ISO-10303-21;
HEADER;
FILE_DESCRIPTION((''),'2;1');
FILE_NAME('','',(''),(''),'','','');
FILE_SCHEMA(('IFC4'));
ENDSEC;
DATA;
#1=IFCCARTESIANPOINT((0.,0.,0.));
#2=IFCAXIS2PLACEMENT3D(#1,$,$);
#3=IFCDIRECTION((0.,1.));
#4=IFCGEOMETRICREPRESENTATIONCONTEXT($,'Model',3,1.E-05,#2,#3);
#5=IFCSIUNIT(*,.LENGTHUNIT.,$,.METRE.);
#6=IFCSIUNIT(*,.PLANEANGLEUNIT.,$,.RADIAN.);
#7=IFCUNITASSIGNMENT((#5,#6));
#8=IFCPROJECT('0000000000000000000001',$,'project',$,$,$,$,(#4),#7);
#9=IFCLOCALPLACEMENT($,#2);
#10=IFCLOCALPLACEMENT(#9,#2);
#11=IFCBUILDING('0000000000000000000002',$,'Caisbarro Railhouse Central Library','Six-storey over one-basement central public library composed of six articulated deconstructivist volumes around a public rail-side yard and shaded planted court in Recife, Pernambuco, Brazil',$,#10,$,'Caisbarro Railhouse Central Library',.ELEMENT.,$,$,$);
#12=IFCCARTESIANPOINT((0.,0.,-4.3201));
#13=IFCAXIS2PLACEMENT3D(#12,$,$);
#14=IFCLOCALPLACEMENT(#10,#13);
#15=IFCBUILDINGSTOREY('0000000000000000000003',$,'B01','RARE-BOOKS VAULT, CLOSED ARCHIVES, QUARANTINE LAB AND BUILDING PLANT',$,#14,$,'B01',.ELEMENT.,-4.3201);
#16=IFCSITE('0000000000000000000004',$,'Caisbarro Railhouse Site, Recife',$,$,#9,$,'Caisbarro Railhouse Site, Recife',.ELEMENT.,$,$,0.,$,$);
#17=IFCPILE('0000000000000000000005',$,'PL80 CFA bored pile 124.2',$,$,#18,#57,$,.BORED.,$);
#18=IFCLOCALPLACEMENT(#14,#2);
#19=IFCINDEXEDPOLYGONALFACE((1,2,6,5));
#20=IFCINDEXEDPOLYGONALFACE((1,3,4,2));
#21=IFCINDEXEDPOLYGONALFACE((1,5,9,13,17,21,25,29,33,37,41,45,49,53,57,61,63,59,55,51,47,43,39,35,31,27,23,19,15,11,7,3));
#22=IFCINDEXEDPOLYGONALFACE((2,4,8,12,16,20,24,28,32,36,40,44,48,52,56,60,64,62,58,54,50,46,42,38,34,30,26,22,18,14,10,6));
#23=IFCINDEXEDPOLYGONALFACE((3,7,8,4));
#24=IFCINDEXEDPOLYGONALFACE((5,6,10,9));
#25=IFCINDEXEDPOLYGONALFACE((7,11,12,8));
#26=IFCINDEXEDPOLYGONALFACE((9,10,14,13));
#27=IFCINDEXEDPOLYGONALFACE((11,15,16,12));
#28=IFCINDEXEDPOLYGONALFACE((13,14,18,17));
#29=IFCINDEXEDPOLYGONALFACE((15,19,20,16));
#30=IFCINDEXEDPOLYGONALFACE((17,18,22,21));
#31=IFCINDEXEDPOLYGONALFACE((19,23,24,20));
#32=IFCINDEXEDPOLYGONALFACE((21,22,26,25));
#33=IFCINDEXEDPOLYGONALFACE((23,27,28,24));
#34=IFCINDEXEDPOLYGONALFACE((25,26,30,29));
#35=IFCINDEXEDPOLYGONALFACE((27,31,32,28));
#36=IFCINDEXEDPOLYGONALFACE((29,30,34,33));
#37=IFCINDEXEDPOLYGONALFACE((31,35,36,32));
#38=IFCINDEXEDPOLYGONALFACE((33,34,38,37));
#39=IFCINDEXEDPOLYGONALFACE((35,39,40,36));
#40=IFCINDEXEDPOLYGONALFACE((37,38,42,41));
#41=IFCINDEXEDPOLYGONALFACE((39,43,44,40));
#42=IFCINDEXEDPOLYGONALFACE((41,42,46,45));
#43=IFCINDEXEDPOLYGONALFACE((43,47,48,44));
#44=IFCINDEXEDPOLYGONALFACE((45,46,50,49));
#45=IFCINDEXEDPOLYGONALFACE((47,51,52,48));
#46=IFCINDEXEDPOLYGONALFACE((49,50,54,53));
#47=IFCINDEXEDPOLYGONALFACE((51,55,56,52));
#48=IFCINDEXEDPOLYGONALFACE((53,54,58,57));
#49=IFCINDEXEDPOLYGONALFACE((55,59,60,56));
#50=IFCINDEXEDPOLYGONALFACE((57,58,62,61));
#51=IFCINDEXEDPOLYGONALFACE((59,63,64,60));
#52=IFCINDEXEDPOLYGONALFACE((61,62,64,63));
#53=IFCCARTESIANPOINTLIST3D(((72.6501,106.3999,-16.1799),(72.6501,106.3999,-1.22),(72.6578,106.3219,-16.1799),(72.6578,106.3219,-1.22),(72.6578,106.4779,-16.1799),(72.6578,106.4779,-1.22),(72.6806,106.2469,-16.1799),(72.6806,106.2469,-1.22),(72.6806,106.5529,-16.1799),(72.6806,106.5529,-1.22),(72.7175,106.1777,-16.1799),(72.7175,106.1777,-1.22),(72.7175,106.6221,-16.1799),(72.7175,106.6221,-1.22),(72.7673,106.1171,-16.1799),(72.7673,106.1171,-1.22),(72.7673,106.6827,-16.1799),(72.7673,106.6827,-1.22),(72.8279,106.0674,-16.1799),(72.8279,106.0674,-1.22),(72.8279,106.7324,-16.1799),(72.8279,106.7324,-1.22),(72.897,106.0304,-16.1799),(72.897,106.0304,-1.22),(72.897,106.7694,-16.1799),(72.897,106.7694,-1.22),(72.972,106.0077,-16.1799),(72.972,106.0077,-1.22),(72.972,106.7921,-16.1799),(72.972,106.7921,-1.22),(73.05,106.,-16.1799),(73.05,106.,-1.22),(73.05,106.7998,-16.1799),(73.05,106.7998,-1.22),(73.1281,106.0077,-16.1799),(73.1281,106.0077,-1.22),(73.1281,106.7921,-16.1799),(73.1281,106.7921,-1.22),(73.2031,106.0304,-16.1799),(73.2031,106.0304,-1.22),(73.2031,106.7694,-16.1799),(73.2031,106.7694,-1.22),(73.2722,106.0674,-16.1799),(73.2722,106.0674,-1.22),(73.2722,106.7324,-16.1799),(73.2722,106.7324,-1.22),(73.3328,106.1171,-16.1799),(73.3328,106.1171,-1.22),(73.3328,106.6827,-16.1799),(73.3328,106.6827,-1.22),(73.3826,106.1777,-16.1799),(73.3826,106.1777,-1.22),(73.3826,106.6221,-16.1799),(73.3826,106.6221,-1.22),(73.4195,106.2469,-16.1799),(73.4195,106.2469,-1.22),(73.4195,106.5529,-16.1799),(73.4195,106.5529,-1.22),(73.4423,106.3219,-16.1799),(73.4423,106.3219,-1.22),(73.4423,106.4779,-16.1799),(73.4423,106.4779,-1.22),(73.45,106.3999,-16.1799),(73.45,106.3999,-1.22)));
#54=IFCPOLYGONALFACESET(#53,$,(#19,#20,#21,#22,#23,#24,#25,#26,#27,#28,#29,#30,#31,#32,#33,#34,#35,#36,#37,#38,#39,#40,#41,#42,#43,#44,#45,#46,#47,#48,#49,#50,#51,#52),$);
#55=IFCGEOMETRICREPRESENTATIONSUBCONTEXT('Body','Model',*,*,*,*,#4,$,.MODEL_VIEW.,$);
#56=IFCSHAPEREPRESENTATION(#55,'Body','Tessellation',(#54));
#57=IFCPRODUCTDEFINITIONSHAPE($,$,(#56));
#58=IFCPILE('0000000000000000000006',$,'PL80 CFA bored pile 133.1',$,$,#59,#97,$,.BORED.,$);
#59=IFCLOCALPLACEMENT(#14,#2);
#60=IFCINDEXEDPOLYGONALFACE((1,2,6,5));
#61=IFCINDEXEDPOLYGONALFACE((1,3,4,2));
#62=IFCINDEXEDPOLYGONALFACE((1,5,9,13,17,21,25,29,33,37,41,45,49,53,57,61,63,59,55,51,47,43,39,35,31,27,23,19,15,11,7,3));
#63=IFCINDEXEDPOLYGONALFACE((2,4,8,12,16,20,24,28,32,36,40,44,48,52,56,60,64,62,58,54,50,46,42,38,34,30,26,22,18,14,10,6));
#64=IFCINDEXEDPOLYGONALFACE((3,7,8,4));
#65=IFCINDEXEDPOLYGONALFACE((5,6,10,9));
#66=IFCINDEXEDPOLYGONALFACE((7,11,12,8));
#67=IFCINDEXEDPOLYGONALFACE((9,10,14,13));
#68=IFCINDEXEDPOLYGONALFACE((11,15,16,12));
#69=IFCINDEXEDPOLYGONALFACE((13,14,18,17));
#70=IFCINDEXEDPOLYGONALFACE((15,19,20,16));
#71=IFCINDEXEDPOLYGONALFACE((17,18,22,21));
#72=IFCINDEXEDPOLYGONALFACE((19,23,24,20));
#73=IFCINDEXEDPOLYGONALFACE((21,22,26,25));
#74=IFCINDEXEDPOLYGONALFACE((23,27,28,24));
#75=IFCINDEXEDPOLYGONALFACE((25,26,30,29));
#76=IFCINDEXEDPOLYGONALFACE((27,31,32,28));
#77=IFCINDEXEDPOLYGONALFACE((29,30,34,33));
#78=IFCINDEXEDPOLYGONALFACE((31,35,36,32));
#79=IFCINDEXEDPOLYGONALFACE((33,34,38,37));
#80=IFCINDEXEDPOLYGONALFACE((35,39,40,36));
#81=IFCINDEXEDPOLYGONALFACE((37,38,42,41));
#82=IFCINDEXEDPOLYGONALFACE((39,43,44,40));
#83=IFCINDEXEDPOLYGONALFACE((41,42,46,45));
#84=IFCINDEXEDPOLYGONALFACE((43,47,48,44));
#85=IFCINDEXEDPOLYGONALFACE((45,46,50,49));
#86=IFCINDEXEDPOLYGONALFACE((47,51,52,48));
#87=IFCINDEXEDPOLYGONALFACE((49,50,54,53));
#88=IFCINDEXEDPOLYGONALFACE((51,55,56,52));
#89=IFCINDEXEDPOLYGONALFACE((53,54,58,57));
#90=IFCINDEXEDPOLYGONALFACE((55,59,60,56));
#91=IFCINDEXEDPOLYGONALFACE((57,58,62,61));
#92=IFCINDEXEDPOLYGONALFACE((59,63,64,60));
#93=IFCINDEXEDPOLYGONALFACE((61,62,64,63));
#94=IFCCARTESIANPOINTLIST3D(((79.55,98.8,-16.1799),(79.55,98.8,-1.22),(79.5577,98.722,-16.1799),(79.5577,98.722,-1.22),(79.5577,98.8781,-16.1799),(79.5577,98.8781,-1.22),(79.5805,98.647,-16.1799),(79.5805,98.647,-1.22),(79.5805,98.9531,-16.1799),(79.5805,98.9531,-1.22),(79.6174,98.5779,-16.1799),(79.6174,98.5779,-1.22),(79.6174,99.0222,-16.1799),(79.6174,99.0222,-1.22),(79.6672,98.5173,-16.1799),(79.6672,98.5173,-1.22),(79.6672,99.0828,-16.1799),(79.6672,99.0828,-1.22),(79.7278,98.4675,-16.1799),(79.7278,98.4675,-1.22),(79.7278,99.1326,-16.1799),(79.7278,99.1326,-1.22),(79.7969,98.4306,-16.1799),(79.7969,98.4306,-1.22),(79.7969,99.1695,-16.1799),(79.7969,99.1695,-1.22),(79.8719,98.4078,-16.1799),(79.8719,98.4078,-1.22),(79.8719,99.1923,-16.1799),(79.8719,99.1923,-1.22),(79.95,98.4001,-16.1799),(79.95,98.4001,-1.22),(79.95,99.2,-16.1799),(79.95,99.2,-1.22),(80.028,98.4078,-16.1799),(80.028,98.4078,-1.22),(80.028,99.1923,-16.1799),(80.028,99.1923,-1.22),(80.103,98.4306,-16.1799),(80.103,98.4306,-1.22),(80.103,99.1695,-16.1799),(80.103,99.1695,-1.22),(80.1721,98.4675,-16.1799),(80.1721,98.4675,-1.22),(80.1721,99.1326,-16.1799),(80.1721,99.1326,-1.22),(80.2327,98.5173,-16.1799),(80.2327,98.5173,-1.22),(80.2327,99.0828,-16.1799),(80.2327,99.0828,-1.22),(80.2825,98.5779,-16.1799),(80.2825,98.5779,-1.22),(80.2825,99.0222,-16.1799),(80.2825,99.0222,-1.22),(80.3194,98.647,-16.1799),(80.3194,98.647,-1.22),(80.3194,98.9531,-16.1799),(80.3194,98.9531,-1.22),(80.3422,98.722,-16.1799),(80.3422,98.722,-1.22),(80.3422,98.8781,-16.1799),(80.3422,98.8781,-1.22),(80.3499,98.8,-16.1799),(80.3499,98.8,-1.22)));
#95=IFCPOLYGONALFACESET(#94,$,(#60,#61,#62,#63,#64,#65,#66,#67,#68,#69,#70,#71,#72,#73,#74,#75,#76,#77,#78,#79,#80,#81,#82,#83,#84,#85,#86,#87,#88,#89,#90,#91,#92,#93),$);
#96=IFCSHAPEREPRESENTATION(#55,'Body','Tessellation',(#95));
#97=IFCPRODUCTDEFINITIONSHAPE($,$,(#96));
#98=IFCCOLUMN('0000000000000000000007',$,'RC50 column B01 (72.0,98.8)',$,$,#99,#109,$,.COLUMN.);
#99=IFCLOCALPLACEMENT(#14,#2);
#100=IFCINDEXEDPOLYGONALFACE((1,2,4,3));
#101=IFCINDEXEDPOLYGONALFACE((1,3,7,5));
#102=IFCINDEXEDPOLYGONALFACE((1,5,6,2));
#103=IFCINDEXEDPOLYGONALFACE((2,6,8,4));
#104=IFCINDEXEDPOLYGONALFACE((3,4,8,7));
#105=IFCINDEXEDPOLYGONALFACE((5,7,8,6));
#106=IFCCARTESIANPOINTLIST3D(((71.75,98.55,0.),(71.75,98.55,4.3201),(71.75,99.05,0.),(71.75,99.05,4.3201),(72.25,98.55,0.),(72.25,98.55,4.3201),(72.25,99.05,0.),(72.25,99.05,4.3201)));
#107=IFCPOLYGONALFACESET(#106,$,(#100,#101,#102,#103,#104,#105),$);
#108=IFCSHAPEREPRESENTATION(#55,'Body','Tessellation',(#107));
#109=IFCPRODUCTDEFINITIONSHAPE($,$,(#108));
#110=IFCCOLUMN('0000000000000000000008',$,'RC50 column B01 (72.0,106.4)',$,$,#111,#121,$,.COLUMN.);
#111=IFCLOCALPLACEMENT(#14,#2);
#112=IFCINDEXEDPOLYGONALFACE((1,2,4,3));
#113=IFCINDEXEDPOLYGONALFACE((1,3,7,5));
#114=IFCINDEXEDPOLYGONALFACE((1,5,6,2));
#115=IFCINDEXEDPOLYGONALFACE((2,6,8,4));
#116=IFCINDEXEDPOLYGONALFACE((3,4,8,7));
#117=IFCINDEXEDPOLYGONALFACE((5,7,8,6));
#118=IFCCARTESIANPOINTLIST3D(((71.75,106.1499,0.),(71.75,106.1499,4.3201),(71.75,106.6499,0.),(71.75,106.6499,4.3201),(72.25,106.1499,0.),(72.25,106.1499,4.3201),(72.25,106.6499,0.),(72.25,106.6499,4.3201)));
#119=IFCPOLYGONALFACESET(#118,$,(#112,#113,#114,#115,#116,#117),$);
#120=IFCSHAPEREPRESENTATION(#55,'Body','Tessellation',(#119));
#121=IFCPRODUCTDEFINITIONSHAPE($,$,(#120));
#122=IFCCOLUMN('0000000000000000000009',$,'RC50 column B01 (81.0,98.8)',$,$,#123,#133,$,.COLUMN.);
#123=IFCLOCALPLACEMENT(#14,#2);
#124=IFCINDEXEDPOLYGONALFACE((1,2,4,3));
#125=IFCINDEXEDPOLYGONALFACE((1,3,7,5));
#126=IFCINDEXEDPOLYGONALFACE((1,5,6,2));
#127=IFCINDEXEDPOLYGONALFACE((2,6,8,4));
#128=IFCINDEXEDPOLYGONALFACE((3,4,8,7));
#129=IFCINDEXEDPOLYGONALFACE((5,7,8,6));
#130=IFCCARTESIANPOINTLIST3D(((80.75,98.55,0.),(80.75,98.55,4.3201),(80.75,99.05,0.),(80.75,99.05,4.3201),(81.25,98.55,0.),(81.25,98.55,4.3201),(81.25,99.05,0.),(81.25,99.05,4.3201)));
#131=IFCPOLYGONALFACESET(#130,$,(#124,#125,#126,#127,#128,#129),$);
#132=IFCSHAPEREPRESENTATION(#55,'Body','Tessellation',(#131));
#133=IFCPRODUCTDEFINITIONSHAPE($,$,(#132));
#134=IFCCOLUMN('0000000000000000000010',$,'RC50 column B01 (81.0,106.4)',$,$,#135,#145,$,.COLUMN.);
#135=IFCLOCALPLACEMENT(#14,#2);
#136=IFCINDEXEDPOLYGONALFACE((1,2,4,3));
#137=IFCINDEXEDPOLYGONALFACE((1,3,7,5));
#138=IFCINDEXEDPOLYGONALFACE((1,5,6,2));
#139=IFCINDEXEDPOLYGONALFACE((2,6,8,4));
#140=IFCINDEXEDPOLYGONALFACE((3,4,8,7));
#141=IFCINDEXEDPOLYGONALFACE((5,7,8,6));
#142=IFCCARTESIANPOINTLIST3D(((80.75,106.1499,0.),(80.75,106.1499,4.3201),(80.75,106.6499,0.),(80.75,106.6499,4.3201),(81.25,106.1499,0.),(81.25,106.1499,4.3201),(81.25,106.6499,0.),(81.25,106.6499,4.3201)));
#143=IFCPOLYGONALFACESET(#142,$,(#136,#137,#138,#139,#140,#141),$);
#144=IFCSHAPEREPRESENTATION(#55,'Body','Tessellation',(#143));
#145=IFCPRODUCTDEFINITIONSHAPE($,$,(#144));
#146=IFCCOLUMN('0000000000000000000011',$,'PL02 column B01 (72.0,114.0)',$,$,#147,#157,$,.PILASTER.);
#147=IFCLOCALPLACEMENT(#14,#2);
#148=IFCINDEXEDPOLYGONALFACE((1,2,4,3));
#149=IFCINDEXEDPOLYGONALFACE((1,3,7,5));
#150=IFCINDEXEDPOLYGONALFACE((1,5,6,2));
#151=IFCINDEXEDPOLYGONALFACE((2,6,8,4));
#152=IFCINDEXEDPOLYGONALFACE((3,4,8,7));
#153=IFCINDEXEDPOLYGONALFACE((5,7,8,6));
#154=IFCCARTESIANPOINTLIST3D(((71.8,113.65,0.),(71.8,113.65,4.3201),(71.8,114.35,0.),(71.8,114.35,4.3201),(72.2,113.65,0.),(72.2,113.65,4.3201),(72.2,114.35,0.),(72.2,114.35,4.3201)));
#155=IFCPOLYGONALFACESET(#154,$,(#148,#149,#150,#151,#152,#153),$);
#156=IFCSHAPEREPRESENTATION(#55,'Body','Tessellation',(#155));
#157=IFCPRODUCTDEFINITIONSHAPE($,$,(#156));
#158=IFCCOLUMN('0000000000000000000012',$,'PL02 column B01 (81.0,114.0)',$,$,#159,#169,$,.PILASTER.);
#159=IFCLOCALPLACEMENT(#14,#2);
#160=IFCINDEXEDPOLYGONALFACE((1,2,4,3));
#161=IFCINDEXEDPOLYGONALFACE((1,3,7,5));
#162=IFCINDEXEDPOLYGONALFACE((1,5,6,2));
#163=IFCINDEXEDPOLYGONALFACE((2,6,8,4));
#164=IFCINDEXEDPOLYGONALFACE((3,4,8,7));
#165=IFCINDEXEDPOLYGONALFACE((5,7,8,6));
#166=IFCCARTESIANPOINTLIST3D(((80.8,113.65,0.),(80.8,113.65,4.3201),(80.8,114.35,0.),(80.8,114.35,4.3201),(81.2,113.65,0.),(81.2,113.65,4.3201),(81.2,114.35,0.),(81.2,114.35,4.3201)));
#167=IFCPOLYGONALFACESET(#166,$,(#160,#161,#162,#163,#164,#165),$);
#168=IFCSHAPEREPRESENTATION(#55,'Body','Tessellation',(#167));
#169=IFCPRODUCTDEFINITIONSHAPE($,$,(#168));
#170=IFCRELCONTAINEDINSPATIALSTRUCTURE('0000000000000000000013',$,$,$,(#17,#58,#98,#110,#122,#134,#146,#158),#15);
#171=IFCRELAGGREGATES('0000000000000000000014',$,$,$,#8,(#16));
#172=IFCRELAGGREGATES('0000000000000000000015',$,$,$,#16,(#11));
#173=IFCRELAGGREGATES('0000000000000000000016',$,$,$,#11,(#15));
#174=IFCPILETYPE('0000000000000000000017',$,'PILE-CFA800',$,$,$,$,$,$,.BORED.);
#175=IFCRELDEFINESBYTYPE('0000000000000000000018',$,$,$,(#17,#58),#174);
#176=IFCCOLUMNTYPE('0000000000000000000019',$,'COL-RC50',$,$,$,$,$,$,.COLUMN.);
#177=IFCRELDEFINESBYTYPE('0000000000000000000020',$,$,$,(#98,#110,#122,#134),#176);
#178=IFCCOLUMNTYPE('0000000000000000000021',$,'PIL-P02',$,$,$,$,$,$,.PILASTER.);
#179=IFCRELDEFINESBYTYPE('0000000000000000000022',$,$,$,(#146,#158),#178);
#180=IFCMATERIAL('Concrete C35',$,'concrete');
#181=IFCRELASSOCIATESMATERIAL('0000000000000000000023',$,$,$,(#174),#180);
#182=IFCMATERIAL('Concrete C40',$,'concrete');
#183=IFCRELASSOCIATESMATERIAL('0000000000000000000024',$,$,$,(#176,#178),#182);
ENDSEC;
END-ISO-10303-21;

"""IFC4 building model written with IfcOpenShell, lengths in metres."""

from ifc_helpers import new_model, si_unit, direction, frame, origin, origin_2d, place, context, subcontext, project, spatial, rectangle, circle, extrude, material, material_profile, profile_set, type_object, element, save


model = new_model("IFC4")

# Units and contexts
model_context = context("Model", 3, precision=1e-05, world=origin(), true_north=direction((0.0, 1.0)))
body_context = subcontext(model_context, "Body", "Model", "MODEL_VIEW")
ifc_project = project(units=[si_unit("LENGTHUNIT", "METRE"), si_unit("PLANEANGLEUNIT", "RADIAN")], contexts=[model_context])

# Site, building, storey
site_placement = place(None, origin())
site = spatial("IfcSite", under=ifc_project, at=site_placement, Name="Caisbarro Railhouse Site, Recife", LongName="Caisbarro Railhouse Site, Recife", CompositionType="ELEMENT", RefElevation=0.0)
building_placement = place(site_placement, origin())
building = spatial("IfcBuilding", under=site, at=building_placement, Name="Caisbarro Railhouse Central Library", Description="Six-storey over one-basement central public library composed of six articulated deconstructivist volumes around a public rail-side yard and shaded planted court in Recife, Pernambuco, Brazil", LongName="Caisbarro Railhouse Central Library", CompositionType="ELEMENT")
storey_placement = place(building_placement, frame((0.0, 0.0, -4.3201)))
storey = spatial("IfcBuildingStorey", under=building, at=storey_placement, Name="B01", Description="RARE-BOOKS VAULT, CLOSED ARCHIVES, QUARANTINE LAB AND BUILDING PLANT", LongName="B01", CompositionType="ELEMENT", Elevation=-4.3201)

# Shared definitions
ifc_material_1 = material(Name="Concrete C35", Category="concrete")
ifc_material_2 = material(Name="Concrete C40", Category="concrete")

# Piles
ifc_material_profile_1 = material_profile(ifc_material_1, circle(Radius=0.3999, at=origin_2d()), Name="PILE-CFA-800")
ifc_profile_set_1 = profile_set([ifc_material_profile_1], Name="Concrete C35")
pile_type_1 = type_object("IfcPileType", Name="PILE-CFA800", PredefinedType="BORED", material=ifc_profile_set_1)
for number, where, z_axis, x_axis, name in (
    (1, (73.05, 106.3999, -1.22), (0.0, 0.0, -1.0), (1.0, 0.0, 0.0), "PL80 CFA bored pile 124.2"),
    (2, (79.95, 98.8, -1.22), (0.0, 0.0, -1.0), (1.0, 0.0, 0.0), "PL80 CFA bored pile 133.1"),
):
    element("IfcPile", number, at=place(storey_placement, frame(where, z_axis=z_axis, x_axis=x_axis)), inside=storey, type_object=pile_type_1, Name=name, PredefinedType="BORED", context=body_context, shape_type="SweptSolid", body=[
        extrude(circle(Radius=0.3999, at=origin_2d()), origin(), (0.0, 0.0, 1.0), 14.96),
    ])

# Columns
ifc_material_profile_2 = material_profile(ifc_material_2, rectangle(XDim=0.5, YDim=0.5, at=origin_2d()), Name="RC-COL-500X500")
ifc_profile_set_2 = profile_set([ifc_material_profile_2], Name="Concrete C40")
column_type_1 = type_object("IfcColumnType", Name="COL-RC50", PredefinedType="COLUMN", material=ifc_profile_set_2)
for number, where, z_axis, x_axis, name in (
    (3, (72.0, 98.8, 0.0), (0.0, 0.0, 1.0), (1.0, 0.0, 0.0), "RC50 column B01 (72.0,98.8)"),
    (4, (72.0, 106.3999, 0.0), (0.0, 0.0, 1.0), (1.0, 0.0, 0.0), "RC50 column B01 (72.0,106.4)"),
    (5, (81.0, 98.8, 0.0), (0.0, 0.0, 1.0), (1.0, 0.0, 0.0), "RC50 column B01 (81.0,98.8)"),
    (6, (81.0, 106.3999, 0.0), (0.0, 0.0, 1.0), (1.0, 0.0, 0.0), "RC50 column B01 (81.0,106.4)"),
):
    element("IfcColumn", number, at=place(storey_placement, frame(where, z_axis=z_axis, x_axis=x_axis)), inside=storey, type_object=column_type_1, Name=name, PredefinedType="COLUMN", context=body_context, shape_type="SweptSolid", body=[
        extrude(rectangle(XDim=0.5, YDim=0.5, at=origin_2d()), origin(), (0.0, 0.0, 1.0), 4.3201),
    ])
ifc_material_profile_3 = material_profile(ifc_material_2, rectangle(XDim=0.3999, YDim=0.7, at=origin_2d()), Name="RC-PIL-400X700")
ifc_profile_set_3 = profile_set([ifc_material_profile_3], Name="Concrete C40")
column_type_2 = type_object("IfcColumnType", Name="PIL-P02", PredefinedType="PILASTER", material=ifc_profile_set_3)
for number, where, z_axis, x_axis, name in (
    (7, (72.0, 114.0, 0.0), (0.0, 0.0, 1.0), (1.0, 0.0, 0.0), "PL02 column B01 (72.0,114.0)"),
    (8, (81.0, 114.0, 0.0), (0.0, 0.0, 1.0), (1.0, 0.0, 0.0), "PL02 column B01 (81.0,114.0)"),
):
    element("IfcColumn", number, at=place(storey_placement, frame(where, z_axis=z_axis, x_axis=x_axis)), inside=storey, type_object=column_type_2, Name=name, PredefinedType="PILASTER", context=body_context, shape_type="SweptSolid", body=[
        extrude(rectangle(XDim=0.3999, YDim=0.7, at=origin_2d()), origin(), (0.0, 0.0, 1.0), 4.3201),
    ])

save(model, "model.ifc")
